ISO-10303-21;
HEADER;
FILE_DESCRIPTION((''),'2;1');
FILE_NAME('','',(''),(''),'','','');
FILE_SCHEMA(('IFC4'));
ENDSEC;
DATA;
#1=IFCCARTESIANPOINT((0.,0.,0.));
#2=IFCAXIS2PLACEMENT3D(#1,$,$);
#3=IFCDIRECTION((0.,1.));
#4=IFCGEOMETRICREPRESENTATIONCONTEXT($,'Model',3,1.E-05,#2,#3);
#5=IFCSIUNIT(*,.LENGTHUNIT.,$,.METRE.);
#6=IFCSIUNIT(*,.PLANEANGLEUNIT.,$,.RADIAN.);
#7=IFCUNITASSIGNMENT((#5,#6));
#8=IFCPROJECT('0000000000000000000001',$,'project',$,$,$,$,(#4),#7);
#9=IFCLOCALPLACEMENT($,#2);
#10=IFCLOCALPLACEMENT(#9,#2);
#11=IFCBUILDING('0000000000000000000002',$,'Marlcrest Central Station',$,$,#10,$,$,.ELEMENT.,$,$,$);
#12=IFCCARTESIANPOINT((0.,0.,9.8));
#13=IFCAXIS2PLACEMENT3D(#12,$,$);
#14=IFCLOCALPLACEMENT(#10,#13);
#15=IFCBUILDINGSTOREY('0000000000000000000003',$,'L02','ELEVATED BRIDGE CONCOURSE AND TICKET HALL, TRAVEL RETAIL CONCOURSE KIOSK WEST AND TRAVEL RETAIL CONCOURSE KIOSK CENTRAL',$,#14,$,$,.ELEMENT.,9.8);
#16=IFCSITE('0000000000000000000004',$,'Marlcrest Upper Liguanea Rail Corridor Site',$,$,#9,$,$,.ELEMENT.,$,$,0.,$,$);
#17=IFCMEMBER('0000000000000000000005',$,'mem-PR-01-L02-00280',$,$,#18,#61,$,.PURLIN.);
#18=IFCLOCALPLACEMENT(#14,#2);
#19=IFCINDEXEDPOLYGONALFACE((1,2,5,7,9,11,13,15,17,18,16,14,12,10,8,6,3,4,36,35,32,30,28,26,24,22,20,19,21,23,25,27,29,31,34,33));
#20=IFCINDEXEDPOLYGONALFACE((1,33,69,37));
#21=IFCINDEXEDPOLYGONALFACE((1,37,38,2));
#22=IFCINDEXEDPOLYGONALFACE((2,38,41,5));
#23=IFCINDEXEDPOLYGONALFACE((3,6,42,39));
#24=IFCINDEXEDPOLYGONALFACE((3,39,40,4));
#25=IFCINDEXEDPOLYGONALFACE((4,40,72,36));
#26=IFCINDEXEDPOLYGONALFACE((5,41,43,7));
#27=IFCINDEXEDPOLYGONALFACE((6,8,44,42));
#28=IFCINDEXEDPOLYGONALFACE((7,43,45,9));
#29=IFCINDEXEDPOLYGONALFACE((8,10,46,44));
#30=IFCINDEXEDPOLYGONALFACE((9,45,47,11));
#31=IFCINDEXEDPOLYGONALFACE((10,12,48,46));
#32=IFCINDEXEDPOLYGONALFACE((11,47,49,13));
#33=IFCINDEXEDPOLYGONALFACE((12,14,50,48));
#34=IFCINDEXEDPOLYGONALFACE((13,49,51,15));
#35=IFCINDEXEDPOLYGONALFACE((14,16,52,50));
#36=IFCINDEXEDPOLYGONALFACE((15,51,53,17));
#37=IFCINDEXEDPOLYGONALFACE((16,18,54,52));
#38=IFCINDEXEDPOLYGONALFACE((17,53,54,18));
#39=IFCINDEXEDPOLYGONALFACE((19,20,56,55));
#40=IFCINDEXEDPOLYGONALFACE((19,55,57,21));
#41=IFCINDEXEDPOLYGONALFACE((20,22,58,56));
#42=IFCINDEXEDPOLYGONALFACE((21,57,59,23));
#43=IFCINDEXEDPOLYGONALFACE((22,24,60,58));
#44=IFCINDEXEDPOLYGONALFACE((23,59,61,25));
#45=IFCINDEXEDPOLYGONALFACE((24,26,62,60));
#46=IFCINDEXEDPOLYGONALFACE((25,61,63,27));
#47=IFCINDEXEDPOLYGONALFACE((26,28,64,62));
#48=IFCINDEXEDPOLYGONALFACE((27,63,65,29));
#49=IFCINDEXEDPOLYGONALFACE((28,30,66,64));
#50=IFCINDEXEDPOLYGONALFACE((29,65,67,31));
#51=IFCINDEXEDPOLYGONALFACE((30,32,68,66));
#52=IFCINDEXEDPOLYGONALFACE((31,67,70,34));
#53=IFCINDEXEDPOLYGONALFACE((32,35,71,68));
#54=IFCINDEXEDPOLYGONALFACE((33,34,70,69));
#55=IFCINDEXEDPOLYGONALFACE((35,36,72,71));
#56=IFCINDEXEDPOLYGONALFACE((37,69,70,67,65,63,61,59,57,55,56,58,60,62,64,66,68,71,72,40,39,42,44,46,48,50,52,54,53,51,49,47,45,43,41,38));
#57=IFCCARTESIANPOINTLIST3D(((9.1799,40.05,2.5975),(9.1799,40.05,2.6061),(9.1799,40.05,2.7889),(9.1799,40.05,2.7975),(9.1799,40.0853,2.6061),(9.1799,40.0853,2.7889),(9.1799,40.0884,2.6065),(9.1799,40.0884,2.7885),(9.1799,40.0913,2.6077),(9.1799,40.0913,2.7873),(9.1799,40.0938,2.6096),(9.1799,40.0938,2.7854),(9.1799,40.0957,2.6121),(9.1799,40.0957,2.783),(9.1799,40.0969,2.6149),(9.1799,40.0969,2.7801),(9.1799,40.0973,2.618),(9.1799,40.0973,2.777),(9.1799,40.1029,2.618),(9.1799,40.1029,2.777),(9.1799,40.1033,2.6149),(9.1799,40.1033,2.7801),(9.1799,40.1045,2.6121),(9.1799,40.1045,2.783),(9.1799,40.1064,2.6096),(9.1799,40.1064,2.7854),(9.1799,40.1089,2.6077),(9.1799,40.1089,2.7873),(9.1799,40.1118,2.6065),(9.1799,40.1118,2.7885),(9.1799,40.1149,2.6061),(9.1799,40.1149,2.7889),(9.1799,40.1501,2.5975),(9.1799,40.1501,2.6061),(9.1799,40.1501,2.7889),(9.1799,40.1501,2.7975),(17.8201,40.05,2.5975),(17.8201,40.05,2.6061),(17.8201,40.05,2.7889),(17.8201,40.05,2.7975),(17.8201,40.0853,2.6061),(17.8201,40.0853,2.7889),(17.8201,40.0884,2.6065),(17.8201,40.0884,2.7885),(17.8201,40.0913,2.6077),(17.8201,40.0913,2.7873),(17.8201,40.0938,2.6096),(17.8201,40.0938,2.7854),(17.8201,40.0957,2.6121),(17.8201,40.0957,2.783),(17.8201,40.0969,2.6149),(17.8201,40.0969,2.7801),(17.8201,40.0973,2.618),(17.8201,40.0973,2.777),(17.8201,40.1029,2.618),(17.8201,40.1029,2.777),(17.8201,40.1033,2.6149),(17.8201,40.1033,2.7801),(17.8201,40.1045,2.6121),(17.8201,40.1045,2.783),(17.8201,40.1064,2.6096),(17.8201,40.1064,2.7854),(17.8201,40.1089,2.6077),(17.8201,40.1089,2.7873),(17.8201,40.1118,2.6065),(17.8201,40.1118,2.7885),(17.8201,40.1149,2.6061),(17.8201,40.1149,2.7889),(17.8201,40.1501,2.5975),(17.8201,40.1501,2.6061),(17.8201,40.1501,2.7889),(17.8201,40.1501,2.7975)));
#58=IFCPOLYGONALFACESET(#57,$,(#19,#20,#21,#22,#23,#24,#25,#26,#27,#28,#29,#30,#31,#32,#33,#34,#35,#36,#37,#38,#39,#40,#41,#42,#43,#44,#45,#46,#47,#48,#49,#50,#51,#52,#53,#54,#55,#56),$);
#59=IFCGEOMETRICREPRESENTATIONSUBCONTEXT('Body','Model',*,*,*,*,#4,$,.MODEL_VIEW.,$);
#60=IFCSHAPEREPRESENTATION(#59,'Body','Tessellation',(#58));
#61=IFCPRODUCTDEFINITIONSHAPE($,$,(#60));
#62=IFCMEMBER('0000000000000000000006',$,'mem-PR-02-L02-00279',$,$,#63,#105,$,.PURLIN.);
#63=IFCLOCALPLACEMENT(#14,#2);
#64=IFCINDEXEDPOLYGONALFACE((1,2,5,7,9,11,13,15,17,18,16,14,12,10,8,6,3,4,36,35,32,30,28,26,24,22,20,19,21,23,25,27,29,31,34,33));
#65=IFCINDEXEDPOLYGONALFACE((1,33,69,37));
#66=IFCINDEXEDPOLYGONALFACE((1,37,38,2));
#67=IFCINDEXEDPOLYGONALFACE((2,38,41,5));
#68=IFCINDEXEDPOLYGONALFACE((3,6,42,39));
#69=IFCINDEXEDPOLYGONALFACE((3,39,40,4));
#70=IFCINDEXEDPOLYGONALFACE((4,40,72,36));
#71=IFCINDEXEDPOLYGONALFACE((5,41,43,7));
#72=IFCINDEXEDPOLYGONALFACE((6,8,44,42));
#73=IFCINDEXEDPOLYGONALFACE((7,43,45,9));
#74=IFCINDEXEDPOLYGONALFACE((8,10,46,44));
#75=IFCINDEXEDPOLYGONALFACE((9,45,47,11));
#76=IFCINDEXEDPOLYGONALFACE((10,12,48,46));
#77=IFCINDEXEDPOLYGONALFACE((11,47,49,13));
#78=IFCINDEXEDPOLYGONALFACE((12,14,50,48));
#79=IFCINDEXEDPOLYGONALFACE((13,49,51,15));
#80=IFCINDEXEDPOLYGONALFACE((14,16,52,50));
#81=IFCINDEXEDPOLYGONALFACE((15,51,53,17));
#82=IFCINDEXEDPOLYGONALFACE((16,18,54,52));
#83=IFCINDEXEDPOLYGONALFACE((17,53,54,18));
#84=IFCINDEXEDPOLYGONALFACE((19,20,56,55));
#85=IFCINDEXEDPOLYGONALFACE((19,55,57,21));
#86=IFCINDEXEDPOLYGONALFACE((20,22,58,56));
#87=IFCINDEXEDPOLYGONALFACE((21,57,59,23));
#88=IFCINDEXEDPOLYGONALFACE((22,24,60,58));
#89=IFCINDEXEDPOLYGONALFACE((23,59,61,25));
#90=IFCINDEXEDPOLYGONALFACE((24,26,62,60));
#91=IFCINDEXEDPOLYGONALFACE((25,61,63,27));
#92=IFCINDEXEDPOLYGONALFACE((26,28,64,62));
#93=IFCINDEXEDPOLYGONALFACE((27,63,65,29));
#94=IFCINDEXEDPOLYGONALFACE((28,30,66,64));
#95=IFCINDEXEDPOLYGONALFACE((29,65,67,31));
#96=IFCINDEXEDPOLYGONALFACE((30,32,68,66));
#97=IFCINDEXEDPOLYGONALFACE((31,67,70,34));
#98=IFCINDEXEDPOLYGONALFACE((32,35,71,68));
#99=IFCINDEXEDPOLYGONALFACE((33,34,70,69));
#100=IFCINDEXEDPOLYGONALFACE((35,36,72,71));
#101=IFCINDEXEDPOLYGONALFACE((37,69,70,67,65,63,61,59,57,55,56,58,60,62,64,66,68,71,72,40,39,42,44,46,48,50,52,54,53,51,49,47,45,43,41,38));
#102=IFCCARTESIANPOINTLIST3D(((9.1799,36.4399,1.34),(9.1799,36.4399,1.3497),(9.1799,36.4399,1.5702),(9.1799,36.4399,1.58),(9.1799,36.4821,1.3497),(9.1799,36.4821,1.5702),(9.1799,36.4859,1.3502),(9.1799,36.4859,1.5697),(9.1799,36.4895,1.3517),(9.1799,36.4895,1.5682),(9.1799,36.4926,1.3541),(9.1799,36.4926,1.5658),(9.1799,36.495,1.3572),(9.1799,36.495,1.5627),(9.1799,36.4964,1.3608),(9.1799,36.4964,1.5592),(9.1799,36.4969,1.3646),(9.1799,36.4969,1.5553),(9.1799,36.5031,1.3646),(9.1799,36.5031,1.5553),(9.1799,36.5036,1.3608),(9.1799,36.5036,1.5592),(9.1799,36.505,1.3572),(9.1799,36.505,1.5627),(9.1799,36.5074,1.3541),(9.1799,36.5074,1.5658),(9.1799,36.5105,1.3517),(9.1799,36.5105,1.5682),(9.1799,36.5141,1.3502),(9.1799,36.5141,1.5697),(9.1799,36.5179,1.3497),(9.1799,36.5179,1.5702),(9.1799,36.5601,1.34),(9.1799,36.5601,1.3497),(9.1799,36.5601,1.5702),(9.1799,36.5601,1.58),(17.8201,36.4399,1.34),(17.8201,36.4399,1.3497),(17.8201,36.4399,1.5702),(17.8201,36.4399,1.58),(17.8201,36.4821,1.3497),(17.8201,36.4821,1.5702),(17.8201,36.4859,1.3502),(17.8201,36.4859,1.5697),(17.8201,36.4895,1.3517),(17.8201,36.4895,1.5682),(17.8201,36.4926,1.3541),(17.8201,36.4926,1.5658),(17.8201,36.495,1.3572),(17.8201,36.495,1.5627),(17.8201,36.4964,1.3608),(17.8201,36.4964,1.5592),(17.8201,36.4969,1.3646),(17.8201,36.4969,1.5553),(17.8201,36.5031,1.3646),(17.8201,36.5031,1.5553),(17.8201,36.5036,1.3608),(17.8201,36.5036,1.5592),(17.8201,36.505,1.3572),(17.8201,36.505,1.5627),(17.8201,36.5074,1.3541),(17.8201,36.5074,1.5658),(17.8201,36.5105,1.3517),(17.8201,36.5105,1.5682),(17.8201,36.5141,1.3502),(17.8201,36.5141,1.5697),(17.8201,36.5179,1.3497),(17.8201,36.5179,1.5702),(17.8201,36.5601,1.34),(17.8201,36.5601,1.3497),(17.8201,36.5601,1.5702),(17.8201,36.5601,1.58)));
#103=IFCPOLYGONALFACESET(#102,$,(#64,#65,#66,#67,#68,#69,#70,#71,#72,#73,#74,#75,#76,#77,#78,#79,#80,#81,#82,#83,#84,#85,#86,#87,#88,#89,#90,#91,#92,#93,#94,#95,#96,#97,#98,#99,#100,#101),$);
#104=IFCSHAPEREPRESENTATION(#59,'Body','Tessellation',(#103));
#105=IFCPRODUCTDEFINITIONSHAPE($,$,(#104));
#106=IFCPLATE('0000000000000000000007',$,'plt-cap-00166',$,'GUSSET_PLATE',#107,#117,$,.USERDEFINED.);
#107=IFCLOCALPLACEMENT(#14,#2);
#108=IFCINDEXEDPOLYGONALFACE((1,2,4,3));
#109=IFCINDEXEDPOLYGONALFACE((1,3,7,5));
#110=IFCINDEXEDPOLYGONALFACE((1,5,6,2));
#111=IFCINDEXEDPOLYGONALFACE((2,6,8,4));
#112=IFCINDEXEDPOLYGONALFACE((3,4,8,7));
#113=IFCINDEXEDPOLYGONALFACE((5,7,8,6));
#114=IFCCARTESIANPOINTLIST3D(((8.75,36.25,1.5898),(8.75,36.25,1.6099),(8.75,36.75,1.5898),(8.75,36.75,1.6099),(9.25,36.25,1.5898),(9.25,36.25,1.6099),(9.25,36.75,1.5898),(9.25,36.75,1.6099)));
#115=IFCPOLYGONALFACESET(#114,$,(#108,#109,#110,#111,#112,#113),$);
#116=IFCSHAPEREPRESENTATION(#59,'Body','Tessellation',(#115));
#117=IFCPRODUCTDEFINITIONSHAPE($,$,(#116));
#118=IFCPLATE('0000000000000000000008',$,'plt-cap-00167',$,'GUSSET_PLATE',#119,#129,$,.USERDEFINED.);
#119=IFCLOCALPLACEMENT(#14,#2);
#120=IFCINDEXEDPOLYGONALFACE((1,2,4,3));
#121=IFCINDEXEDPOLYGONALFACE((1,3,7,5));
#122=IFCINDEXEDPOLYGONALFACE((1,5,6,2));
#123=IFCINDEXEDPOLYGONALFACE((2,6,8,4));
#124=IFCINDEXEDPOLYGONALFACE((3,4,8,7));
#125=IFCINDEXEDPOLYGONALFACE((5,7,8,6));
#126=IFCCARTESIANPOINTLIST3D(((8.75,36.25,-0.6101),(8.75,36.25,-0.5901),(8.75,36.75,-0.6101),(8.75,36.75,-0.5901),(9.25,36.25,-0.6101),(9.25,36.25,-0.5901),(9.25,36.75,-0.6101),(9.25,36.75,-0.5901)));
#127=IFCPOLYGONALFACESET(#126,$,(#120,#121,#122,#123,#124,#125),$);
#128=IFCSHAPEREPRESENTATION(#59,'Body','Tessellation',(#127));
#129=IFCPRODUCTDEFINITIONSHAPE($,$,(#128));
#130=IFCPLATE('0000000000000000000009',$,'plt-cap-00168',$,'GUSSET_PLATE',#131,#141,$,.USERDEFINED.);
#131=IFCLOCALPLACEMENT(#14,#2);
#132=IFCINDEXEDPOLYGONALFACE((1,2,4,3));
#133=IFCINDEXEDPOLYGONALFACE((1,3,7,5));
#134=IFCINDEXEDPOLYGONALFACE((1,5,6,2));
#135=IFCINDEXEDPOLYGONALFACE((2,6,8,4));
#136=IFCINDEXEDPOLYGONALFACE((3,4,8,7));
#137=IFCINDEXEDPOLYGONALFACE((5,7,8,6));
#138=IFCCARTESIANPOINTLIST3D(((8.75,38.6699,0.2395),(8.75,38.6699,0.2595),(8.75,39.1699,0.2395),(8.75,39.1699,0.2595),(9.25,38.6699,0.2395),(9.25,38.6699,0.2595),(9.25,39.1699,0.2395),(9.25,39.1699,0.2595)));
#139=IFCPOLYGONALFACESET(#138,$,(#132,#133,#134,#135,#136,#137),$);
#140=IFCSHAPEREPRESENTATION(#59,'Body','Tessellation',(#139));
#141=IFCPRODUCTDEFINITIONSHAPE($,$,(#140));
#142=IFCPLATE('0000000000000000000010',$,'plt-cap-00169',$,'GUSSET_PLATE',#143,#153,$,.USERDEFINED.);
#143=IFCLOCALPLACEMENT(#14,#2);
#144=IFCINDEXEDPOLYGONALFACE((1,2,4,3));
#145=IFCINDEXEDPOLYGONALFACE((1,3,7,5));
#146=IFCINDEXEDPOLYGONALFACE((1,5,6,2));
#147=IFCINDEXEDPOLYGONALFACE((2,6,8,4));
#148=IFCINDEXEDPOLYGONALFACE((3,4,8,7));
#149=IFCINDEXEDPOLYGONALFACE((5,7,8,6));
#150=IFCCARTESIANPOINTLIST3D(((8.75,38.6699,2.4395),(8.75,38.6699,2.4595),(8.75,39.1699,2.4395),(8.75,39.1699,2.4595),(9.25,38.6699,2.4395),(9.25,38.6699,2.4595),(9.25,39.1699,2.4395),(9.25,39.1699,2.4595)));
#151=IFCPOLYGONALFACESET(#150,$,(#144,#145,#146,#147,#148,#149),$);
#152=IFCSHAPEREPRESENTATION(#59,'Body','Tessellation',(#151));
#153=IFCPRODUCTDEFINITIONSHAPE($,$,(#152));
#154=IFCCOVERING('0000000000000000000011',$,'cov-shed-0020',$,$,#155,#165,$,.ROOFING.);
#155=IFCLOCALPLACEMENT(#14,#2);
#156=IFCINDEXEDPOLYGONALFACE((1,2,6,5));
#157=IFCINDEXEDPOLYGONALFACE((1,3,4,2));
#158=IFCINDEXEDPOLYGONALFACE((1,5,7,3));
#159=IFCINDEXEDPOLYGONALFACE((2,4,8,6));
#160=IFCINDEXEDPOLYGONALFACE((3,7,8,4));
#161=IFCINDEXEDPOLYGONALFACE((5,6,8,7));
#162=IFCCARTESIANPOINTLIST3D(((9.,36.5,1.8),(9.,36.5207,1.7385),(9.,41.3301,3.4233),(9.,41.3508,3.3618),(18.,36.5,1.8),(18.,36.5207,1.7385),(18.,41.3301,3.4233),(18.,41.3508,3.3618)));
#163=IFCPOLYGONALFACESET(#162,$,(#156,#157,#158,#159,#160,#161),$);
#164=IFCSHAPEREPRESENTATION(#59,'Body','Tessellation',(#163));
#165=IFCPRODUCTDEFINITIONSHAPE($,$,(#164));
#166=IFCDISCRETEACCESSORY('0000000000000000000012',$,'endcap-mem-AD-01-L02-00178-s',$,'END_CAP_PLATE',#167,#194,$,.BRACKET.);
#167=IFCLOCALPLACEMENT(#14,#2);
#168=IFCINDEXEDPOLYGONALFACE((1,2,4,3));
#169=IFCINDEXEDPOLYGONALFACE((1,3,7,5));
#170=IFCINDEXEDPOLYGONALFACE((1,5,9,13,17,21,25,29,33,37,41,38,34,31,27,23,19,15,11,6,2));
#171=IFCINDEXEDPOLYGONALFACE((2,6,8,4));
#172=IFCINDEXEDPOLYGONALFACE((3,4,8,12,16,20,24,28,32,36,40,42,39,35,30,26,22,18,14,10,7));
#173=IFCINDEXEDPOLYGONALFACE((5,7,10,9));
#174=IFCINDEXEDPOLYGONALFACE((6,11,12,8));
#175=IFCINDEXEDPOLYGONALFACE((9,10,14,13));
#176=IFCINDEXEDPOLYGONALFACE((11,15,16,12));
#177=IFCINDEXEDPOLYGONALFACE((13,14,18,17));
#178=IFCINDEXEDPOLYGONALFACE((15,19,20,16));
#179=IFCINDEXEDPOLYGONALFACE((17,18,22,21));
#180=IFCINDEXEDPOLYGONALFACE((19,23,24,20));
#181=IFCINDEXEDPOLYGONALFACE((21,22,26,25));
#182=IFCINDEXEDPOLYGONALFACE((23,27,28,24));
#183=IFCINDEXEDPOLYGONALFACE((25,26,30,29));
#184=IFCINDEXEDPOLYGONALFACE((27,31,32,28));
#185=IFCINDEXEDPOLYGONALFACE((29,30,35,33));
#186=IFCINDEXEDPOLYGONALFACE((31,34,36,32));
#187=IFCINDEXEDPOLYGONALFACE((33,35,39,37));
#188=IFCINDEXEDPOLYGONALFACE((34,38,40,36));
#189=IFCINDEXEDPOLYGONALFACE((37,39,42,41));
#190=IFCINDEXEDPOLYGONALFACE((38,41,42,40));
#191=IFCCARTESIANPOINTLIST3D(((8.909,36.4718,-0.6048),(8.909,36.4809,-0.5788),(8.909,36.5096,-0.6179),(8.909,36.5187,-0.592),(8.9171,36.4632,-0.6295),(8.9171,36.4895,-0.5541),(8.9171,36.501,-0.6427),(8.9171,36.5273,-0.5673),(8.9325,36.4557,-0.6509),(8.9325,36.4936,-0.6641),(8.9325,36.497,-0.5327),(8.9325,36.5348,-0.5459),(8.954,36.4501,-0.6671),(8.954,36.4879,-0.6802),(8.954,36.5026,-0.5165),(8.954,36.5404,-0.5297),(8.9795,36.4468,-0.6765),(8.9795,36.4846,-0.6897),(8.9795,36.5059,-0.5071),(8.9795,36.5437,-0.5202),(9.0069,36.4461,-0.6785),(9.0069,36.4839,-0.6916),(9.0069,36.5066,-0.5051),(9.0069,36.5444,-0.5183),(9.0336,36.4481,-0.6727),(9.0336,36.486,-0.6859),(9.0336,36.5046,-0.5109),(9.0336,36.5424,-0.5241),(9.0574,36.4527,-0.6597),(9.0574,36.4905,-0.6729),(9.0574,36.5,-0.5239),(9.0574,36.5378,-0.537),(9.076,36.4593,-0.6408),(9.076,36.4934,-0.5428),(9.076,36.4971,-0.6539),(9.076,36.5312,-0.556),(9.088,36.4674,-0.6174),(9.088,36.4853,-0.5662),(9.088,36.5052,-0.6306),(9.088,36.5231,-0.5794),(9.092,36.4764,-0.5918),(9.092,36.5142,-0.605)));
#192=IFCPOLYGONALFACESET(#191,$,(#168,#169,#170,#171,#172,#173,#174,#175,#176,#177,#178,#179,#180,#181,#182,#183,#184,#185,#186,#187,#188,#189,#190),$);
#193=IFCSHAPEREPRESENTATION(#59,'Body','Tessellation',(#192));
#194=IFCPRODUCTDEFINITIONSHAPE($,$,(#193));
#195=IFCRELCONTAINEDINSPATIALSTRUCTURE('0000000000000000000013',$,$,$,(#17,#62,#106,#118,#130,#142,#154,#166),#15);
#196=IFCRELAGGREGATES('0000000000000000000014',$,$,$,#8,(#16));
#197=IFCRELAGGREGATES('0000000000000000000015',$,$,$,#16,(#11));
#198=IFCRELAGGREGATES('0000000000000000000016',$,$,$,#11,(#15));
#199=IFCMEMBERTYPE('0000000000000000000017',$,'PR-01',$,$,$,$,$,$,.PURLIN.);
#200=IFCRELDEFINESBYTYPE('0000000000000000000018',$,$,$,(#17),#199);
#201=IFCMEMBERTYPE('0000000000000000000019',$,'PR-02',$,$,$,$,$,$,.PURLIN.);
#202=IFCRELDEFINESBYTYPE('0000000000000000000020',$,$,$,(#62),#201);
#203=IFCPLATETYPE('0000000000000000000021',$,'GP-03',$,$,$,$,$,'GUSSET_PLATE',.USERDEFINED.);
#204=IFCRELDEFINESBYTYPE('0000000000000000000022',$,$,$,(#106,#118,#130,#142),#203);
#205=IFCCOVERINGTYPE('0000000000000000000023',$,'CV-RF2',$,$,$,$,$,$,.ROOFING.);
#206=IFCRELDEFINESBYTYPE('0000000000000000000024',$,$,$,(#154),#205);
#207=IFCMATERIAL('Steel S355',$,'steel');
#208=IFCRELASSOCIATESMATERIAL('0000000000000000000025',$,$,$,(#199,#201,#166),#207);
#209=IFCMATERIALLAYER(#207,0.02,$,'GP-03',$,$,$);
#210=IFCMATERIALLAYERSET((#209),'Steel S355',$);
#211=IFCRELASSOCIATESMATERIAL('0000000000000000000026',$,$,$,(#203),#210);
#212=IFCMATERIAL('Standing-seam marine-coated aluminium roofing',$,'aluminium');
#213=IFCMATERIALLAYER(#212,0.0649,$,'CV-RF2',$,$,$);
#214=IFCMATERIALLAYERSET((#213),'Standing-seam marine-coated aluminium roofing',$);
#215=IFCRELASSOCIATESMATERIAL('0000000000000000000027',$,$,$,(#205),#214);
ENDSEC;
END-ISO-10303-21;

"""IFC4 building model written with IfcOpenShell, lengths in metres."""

from ifc_helpers import new_model, si_unit, direction, frame, origin, origin_2d, place, context, subcontext, project, spatial, polyline, rectangle, circle, i_section, outline, extrude, material, layer, layer_set, material_profile, profile_set, type_object, element, save


model = new_model("IFC4")

# Units and contexts
model_context = context("Model", 3, precision=1e-05, world=origin(), true_north=direction((0.0, 1.0)))
body_context = subcontext(model_context, "Body", "Model", "MODEL_VIEW")
ifc_project = project(units=[si_unit("LENGTHUNIT", "METRE"), si_unit("PLANEANGLEUNIT", "RADIAN")], contexts=[model_context])

# Site, building, storey
site_placement = place(None, origin())
site = spatial("IfcSite", under=ifc_project, at=site_placement, Name="Marlcrest Upper Liguanea Rail Corridor Site", CompositionType="ELEMENT", RefElevation=0.0)
building_placement = place(site_placement, origin())
building = spatial("IfcBuilding", under=site, at=building_placement, Name="Marlcrest Central Station", CompositionType="ELEMENT")
storey_placement = place(building_placement, frame((0.0, 0.0, 9.8)))
storey = spatial("IfcBuildingStorey", under=building, at=storey_placement, Name="L02", Description="ELEVATED BRIDGE CONCOURSE AND TICKET HALL, TRAVEL RETAIL CONCOURSE KIOSK WEST AND TRAVEL RETAIL CONCOURSE KIOSK CENTRAL", CompositionType="ELEMENT", Elevation=9.8)

# Members
ifc_material_1 = material(Name="Steel S355", Category="steel")
ifc_material_profile_1 = material_profile(ifc_material_1, i_section(OverallWidth=0.1001, OverallDepth=0.2, WebThickness=0.0056, FlangeThickness=0.0085, FilletRadius=0.012, at=origin_2d()), Name="IPE 200")
ifc_profile_set_1 = profile_set([ifc_material_profile_1], Name="Steel S355")
member_type_1 = type_object("IfcMemberType", Name="PR-01", PredefinedType="PURLIN", material=ifc_profile_set_1)
member_1_placement = place(storey_placement, frame((9.1799, 40.1001, 2.6975), z_axis=(1.0, 0.0, 0.0), x_axis=(0.0, 1.0, 0.0)))
element("IfcMember", 1, at=member_1_placement, inside=storey, type_object=member_type_1, Name="mem-PR-01-L02-00280", PredefinedType="PURLIN", context=body_context, shape_type="SweptSolid", body=[
    extrude(i_section(OverallWidth=0.1001, OverallDepth=0.2, WebThickness=0.0056, FlangeThickness=0.0085, FilletRadius=0.012, at=origin_2d()), origin(), (0.0, 0.0, 1.0), 8.6401),
])
ifc_material_profile_2 = material_profile(ifc_material_1, i_section(OverallWidth=0.1201, OverallDepth=0.24, WebThickness=0.0061, FlangeThickness=0.0098, FilletRadius=0.0149, at=origin_2d()), Name="IPE 240")
ifc_profile_set_2 = profile_set([ifc_material_profile_2], Name="Steel S355")
member_type_2 = type_object("IfcMemberType", Name="PR-02", PredefinedType="PURLIN", material=ifc_profile_set_2)
member_2_placement = place(storey_placement, frame((9.1799, 36.5, 1.46), z_axis=(1.0, 0.0, 0.0), x_axis=(0.0, 1.0, 0.0)))
element("IfcMember", 2, at=member_2_placement, inside=storey, type_object=member_type_2, Name="mem-PR-02-L02-00279", PredefinedType="PURLIN", context=body_context, shape_type="SweptSolid", body=[
    extrude(i_section(OverallWidth=0.1201, OverallDepth=0.24, WebThickness=0.0061, FlangeThickness=0.0098, FilletRadius=0.0149, at=origin_2d()), origin(), (0.0, 0.0, 1.0), 8.6401),
])

# Plates
ifc_layer_1 = layer(ifc_material_1, 0.02, Name="GP-03")
ifc_layer_set_1 = layer_set([ifc_layer_1], Name="Steel S355")
plate_type = type_object("IfcPlateType", Name="GP-03", ElementType="GUSSET_PLATE", PredefinedType="USERDEFINED", material=ifc_layer_set_1)
for number, where, z_axis, x_axis, name in (
    (3, (9.0, 36.5, 1.5898), (0.0, 0.0, 1.0), (1.0, 0.0, 0.0), "plt-cap-00166"),
    (4, (9.0, 36.5, -0.6101), (0.0, 0.0, 1.0), (1.0, 0.0, 0.0), "plt-cap-00167"),
    (5, (9.0, 38.9199, 0.2395), (0.0, 0.0, 1.0), (1.0, 0.0, 0.0), "plt-cap-00168"),
    (6, (9.0, 38.9199, 2.4395), (0.0, 0.0, 1.0), (1.0, 0.0, 0.0), "plt-cap-00169"),
):
    element("IfcPlate", number, at=place(storey_placement, frame(where, z_axis=z_axis, x_axis=x_axis)), inside=storey, type_object=plate_type, Name=name, ObjectType="GUSSET_PLATE", PredefinedType="USERDEFINED", context=body_context, shape_type="SweptSolid", body=[
        extrude(rectangle(XDim=0.5, YDim=0.5, at=origin_2d()), origin(), (0.0, 0.0, 1.0), 0.02),
    ])

# Covering
ifc_material_2 = material(Name="Standing-seam marine-coated aluminium roofing", Category="aluminium")
ifc_layer_2 = layer(ifc_material_2, 0.0649, Name="CV-RF2")
ifc_layer_set_2 = layer_set([ifc_layer_2], Name="Standing-seam marine-coated aluminium roofing")
covering_type = type_object("IfcCoveringType", Name="CV-RF2", PredefinedType="ROOFING", material=ifc_layer_set_2)
covering_placement = place(storey_placement, frame((9.0, 36.5, 1.8), z_axis=(0.0, -0.31857, 0.947899), x_axis=(1.0, 0.0, 0.0)))
element("IfcCovering", 7, at=covering_placement, inside=storey, type_object=covering_type, Name="cov-shed-0020", PredefinedType="ROOFING", context=body_context, shape_type="SweptSolid", body=[
    extrude(outline(polyline([(0.0, 0.0), (9.0, 0.0), (9.0, 5.0956), (0.0, 5.0956), (0.0, 0.0)])), origin(), (0.0, 0.0, -1.0), 0.0649),
])

# Discrete accessory
discrete_accessory_1_placement = place(storey_placement, frame((9.0, 36.5142, -0.605), z_axis=(0.0, -0.94426, 0.3292), x_axis=(1.0, 0.0, 0.0)))
element("IfcDiscreteAccessory", 8, at=discrete_accessory_1_placement, inside=storey, material=ifc_material_1, Name="endcap-mem-AD-01-L02-00178-s", ObjectType="END_CAP_PLATE", PredefinedType="BRACKET", context=body_context, shape_type="SweptSolid", body=[
    extrude(circle(Radius=0.092, at=origin_2d()), origin(), (0.0, 0.0, 1.0), 0.04),
])

save(model, "model.ifc")
